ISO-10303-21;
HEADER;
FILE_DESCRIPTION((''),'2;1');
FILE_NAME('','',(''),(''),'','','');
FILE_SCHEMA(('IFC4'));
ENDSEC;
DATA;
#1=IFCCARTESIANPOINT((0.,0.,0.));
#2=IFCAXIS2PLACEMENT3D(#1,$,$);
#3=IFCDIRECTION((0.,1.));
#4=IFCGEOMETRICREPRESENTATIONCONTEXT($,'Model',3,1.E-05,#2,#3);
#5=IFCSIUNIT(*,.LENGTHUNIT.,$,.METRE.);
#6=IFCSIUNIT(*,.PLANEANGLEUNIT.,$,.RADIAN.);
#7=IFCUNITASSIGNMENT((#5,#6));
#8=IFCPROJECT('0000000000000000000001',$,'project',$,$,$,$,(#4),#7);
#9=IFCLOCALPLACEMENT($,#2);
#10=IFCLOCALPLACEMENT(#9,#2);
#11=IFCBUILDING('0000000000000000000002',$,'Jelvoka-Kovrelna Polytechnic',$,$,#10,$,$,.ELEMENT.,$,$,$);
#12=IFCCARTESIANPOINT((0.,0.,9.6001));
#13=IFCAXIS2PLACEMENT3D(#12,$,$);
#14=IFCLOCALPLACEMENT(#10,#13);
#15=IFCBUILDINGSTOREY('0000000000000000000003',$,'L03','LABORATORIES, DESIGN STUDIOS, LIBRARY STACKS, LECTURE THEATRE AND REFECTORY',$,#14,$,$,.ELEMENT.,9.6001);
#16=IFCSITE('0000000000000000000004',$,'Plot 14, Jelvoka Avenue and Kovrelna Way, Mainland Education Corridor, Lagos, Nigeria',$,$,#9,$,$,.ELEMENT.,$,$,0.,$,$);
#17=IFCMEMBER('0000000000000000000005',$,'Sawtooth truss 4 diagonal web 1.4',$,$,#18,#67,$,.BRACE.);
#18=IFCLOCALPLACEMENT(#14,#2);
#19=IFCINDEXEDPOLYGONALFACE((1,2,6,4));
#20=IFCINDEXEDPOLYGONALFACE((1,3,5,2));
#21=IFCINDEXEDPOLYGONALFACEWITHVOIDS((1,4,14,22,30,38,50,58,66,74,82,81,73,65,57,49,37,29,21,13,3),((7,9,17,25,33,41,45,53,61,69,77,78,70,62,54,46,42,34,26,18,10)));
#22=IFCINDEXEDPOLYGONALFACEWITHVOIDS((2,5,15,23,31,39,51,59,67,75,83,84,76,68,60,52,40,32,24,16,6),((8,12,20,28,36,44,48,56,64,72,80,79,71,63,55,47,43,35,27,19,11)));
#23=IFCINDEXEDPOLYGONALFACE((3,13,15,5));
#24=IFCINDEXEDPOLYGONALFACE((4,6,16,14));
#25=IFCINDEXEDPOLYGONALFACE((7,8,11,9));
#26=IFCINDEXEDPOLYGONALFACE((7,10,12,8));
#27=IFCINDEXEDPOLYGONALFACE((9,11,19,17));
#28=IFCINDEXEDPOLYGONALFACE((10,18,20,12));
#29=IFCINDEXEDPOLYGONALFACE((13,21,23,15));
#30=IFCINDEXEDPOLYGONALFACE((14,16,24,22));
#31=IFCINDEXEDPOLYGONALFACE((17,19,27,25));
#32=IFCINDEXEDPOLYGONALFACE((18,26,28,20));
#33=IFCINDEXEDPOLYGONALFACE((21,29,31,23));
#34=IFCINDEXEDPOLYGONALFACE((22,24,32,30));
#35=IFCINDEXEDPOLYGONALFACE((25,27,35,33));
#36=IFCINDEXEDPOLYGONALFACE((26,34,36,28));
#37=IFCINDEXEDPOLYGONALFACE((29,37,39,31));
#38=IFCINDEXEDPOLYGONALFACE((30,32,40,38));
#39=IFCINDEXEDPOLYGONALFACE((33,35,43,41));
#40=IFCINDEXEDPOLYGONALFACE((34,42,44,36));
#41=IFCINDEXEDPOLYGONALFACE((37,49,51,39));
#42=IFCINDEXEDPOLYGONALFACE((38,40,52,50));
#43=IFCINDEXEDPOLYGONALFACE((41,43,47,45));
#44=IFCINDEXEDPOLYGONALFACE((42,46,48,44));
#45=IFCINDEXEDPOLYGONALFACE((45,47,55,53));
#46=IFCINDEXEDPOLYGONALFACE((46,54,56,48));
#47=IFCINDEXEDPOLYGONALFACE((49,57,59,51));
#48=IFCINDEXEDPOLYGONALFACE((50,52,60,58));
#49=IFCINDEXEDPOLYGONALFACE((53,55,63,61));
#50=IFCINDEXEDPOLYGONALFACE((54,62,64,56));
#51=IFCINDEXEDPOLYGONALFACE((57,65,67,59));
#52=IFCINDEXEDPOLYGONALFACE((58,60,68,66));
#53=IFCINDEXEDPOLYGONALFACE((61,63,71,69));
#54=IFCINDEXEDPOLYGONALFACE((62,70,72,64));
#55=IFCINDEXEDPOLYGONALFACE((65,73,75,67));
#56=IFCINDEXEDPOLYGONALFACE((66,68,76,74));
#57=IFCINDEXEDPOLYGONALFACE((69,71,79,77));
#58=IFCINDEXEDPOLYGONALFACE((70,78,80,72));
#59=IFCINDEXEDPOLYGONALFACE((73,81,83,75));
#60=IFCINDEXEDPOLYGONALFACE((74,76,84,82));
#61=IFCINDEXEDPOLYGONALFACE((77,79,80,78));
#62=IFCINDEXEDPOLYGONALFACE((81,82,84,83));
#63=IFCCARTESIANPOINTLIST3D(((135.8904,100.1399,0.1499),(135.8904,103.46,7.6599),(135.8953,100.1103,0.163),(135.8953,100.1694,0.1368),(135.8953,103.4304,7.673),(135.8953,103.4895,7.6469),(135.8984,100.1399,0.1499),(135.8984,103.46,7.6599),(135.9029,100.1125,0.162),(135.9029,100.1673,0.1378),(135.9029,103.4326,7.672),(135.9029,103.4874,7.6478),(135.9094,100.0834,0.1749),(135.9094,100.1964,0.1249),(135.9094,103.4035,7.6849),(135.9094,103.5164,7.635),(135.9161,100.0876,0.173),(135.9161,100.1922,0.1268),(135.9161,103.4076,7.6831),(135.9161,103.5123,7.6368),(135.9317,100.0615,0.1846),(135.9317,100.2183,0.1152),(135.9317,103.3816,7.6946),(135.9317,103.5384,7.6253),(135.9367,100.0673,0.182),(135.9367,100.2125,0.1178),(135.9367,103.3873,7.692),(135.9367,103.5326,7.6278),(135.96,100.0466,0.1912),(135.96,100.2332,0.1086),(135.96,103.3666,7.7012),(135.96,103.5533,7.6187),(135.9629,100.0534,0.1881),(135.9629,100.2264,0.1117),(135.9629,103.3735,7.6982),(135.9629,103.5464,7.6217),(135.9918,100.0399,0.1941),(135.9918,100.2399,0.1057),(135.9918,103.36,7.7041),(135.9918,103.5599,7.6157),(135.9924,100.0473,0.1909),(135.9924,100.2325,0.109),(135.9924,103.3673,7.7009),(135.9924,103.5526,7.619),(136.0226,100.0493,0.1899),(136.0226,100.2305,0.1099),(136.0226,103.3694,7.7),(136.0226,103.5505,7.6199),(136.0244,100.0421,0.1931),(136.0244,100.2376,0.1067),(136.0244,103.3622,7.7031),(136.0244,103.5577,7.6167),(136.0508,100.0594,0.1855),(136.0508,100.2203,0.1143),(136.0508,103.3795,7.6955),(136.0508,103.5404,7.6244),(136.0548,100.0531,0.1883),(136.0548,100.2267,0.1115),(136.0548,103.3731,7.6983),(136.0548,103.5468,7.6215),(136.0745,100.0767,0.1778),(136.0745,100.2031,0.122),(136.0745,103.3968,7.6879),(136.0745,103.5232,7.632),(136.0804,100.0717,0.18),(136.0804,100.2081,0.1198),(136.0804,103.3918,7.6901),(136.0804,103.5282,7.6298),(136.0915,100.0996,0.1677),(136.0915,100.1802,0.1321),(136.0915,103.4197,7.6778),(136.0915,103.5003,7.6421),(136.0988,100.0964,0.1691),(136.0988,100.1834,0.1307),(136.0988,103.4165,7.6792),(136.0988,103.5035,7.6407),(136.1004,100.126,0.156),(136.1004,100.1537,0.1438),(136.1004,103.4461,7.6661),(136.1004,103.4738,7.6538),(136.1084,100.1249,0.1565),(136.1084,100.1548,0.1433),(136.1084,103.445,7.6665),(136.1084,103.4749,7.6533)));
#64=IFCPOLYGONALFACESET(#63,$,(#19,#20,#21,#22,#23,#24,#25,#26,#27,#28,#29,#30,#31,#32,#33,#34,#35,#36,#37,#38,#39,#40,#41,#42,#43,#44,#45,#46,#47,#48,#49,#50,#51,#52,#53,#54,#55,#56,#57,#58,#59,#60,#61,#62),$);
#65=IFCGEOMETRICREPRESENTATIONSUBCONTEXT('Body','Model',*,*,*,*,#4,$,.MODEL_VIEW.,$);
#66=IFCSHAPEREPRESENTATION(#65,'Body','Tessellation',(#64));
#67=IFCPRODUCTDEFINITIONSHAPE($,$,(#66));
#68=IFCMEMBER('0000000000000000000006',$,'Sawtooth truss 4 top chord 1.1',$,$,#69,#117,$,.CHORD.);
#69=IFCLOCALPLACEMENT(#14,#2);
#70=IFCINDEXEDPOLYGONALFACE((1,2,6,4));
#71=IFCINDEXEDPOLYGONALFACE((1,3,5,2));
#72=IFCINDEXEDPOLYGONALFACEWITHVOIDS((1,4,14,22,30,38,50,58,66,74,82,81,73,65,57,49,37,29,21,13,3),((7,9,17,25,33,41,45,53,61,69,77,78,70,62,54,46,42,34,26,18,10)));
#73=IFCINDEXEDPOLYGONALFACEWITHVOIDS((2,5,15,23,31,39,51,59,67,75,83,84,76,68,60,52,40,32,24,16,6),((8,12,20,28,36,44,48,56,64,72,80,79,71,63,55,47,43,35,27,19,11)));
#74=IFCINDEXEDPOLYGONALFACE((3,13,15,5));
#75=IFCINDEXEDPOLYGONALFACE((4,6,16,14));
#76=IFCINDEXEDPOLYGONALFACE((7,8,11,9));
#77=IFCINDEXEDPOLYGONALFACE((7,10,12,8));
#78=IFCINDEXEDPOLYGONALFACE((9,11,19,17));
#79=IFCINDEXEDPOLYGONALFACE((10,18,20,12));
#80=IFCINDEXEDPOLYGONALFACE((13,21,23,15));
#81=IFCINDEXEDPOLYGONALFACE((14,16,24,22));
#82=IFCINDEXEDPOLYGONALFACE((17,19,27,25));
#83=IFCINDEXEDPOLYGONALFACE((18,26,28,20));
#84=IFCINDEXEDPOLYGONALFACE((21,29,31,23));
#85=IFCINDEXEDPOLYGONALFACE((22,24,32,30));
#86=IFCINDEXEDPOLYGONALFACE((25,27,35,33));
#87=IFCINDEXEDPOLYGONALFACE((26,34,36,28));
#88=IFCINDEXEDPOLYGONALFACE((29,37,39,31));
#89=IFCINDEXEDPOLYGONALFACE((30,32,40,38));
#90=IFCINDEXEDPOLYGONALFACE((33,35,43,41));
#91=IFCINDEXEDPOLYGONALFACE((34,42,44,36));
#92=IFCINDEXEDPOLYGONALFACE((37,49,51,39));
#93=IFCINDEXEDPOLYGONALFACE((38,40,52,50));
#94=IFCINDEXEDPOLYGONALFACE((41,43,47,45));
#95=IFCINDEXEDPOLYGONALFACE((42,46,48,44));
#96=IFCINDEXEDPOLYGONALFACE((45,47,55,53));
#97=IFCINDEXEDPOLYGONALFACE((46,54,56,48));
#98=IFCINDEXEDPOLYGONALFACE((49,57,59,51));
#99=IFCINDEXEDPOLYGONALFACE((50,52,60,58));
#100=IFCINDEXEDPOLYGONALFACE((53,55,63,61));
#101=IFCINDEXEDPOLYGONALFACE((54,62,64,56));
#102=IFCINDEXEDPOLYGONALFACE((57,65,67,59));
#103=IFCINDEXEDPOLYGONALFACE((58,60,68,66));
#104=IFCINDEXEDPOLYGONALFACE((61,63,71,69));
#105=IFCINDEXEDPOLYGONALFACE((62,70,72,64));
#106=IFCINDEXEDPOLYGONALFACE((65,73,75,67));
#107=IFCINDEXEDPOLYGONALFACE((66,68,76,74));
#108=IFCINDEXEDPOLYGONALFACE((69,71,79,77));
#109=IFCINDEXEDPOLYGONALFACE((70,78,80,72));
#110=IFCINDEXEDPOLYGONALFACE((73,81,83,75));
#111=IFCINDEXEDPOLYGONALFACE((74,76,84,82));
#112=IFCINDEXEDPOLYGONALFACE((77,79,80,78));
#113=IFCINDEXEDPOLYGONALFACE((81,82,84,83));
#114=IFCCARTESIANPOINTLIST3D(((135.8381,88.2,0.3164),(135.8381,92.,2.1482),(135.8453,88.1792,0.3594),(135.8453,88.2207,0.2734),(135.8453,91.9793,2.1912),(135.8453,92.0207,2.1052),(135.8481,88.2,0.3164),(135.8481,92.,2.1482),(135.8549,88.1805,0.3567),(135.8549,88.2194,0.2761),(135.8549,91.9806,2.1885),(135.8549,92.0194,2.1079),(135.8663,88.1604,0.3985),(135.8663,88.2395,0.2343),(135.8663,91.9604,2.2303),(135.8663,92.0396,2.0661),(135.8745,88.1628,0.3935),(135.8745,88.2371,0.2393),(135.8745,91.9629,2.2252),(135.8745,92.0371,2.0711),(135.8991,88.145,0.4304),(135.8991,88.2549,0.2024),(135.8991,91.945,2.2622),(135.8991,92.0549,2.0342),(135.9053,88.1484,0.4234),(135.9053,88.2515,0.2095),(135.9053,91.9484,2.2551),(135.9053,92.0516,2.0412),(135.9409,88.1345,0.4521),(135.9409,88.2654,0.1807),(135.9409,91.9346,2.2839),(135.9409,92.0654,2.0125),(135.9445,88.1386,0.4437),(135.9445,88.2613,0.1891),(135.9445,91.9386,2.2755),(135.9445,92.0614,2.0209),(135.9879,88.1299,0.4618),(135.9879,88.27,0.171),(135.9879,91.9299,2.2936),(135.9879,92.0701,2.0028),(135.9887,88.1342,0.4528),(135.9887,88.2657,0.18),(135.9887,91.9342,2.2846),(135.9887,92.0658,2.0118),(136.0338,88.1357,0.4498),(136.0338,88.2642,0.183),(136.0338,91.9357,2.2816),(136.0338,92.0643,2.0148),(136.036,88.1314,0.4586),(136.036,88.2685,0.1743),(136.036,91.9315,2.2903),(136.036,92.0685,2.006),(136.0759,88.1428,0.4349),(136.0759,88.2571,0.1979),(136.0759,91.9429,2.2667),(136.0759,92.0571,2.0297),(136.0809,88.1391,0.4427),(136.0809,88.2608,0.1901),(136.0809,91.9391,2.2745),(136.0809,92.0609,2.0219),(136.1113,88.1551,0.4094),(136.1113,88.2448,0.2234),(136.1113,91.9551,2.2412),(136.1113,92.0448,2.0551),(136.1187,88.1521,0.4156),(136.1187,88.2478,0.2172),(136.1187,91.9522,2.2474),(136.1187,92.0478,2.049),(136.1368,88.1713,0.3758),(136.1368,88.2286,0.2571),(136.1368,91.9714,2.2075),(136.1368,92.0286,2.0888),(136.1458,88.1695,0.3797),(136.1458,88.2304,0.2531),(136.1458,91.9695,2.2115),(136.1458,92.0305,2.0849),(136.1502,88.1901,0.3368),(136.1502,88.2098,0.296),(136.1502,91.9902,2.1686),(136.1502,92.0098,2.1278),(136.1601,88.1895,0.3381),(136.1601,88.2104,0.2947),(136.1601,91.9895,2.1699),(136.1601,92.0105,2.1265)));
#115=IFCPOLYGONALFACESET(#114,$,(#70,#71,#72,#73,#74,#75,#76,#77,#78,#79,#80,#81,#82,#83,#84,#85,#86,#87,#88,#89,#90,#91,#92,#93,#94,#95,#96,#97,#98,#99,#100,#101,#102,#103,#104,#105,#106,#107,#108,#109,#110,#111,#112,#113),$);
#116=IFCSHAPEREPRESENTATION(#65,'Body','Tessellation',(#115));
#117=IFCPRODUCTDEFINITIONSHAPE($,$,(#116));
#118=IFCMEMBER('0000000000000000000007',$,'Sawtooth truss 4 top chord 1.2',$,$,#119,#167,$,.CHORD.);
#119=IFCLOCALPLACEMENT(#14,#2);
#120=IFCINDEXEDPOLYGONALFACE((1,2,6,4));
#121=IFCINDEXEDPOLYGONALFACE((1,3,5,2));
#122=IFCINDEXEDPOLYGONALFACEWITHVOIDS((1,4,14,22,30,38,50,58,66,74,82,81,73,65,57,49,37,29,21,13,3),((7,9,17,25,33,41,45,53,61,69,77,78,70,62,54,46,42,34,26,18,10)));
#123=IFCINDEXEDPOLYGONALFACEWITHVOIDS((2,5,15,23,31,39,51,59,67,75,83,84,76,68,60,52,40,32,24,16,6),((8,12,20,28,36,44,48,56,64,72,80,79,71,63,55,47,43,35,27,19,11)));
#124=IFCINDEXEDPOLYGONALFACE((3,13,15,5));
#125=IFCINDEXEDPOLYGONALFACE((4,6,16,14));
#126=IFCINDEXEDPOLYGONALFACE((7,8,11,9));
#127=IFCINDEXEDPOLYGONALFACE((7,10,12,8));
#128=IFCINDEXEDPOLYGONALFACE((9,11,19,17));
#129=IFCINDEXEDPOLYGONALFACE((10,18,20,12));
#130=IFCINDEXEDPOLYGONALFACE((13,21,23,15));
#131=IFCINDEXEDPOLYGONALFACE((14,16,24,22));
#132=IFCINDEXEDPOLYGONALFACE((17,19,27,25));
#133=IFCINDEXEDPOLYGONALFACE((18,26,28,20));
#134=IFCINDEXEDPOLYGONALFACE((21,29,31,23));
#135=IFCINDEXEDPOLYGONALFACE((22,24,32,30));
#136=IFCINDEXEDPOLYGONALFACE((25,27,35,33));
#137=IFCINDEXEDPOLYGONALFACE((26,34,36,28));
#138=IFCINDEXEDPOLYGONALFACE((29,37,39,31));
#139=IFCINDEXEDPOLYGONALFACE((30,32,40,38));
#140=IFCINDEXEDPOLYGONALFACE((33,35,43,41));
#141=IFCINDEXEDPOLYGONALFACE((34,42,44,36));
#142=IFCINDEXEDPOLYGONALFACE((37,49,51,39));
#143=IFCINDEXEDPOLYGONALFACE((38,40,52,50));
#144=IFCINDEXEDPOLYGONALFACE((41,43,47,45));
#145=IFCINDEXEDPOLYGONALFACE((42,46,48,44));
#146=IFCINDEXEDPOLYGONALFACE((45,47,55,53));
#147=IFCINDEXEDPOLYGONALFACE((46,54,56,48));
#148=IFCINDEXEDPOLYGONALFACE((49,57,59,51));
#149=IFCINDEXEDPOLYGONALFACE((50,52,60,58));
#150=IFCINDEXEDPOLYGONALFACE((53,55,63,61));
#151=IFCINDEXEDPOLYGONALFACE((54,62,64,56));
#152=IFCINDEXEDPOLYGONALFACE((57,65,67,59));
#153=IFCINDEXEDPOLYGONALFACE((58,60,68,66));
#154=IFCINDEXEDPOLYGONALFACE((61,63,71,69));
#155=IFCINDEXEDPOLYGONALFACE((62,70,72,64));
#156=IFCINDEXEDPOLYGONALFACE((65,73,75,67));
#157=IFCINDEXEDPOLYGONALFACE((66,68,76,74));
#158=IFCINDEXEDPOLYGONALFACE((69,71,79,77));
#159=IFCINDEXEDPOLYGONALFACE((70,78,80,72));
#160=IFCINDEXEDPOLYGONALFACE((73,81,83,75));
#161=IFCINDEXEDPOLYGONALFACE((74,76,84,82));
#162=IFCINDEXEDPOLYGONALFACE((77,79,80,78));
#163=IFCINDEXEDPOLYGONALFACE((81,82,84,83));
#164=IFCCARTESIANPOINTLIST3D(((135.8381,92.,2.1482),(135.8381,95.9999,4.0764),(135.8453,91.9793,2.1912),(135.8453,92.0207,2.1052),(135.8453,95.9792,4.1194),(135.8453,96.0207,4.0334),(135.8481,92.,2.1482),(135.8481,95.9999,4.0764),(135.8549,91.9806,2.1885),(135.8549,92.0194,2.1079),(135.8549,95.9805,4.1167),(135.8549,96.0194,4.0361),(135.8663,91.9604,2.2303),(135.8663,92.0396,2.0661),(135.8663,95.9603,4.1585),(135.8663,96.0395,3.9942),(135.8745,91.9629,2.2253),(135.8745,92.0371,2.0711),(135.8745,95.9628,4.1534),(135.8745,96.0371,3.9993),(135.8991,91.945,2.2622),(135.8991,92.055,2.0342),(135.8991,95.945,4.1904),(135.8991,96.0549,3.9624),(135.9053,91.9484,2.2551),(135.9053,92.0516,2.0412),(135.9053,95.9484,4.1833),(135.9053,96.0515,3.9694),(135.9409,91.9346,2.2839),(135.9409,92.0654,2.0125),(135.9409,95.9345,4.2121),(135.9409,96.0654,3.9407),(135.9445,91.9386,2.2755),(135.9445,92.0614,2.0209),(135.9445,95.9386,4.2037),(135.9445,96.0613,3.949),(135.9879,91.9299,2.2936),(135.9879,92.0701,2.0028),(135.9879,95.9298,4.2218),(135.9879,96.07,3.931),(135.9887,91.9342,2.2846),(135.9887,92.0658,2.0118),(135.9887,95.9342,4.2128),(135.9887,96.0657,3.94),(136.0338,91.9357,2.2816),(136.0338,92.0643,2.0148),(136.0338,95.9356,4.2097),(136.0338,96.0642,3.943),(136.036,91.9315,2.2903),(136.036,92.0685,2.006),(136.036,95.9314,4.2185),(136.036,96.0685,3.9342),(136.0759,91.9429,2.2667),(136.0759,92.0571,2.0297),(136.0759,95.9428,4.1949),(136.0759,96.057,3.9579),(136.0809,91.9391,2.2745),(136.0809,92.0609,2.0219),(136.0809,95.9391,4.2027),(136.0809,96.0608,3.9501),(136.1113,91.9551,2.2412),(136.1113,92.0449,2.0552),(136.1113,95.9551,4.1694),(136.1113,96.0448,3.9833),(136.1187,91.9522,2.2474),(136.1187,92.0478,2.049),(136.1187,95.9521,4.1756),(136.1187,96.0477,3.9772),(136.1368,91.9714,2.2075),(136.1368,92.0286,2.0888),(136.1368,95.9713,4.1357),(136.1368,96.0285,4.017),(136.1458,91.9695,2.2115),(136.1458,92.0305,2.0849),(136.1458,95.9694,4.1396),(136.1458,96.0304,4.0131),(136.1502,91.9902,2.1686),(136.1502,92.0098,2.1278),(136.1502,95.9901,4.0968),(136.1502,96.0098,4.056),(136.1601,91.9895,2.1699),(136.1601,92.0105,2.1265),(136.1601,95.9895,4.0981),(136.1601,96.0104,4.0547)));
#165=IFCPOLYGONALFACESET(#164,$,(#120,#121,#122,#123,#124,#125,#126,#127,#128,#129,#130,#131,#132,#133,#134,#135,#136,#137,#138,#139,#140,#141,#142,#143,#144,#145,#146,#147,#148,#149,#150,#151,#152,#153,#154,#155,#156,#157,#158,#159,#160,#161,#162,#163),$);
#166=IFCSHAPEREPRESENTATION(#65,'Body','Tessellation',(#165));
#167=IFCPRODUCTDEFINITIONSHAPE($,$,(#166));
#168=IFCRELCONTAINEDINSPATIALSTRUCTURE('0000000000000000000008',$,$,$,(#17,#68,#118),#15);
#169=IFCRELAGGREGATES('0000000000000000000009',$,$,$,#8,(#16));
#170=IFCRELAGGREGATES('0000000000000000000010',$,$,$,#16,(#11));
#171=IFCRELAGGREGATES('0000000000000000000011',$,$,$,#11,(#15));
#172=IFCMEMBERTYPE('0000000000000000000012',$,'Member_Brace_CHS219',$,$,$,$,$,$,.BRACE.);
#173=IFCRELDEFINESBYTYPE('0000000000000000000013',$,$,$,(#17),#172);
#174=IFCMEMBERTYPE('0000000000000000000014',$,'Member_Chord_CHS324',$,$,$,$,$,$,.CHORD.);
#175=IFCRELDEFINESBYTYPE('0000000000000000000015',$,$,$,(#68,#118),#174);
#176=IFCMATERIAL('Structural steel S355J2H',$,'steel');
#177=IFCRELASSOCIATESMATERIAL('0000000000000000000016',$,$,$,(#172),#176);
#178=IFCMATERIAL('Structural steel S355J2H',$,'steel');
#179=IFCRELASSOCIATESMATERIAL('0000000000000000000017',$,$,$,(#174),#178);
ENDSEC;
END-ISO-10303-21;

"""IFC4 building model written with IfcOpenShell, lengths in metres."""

from ifc_helpers import new_model, si_unit, direction, frame, origin, origin_2d, place, context, subcontext, project, spatial, hollow_circle, extrude, material, material_profile, profile_set, type_object, element, save


model = new_model("IFC4")

# Units and contexts
model_context = context("Model", 3, precision=1e-05, world=origin(), true_north=direction((0.0, 1.0)))
body_context = subcontext(model_context, "Body", "Model", "MODEL_VIEW")
ifc_project = project(units=[si_unit("LENGTHUNIT", "METRE"), si_unit("PLANEANGLEUNIT", "RADIAN")], contexts=[model_context])

# Site, building, storey
site_placement = place(None, origin())
site = spatial("IfcSite", under=ifc_project, at=site_placement, Name="Plot 14, Jelvoka Avenue and Kovrelna Way, Mainland Education Corridor, Lagos, Nigeria", CompositionType="ELEMENT", RefElevation=0.0)
building_placement = place(site_placement, origin())
building = spatial("IfcBuilding", under=site, at=building_placement, Name="Jelvoka-Kovrelna Polytechnic", CompositionType="ELEMENT")
storey_placement = place(building_placement, frame((0.0, 0.0, 9.6001)))
storey = spatial("IfcBuildingStorey", under=building, at=storey_placement, Name="L03", Description="LABORATORIES, DESIGN STUDIOS, LIBRARY STACKS, LECTURE THEATRE AND REFECTORY", CompositionType="ELEMENT", Elevation=9.6001)

# Members
ifc_material_1 = material(Name="Structural steel S355J2H", Category="steel")
ifc_material_profile_1 = material_profile(ifc_material_1, hollow_circle(Radius=0.1096, WallThickness=0.0081, at=origin_2d()), Name="219.1x8.0 CHS")
ifc_profile_set_1 = profile_set([ifc_material_profile_1], Name="Structural steel S355J2H")
member_type_1 = type_object("IfcMemberType", Name="Member_Brace_CHS219", PredefinedType="BRACE", material=ifc_profile_set_1)
member_1_placement = place(storey_placement, frame((136.0, 100.1399, 0.1499), z_axis=(0.0, 0.404336, 0.91461), x_axis=(-1.0, 0.0, 0.0)))
element("IfcMember", 1, at=member_1_placement, inside=storey, type_object=member_type_1, Name="Sawtooth truss 4 diagonal web 1.4", PredefinedType="BRACE", context=body_context, shape_type="SweptSolid", body=[
    extrude(hollow_circle(Radius=0.1096, WallThickness=0.0081, at=origin_2d()), origin(), (0.0, 0.0, 1.0), 8.2112),
])
ifc_material_2 = material(Name="Structural steel S355J2H", Category="steel")
ifc_material_profile_2 = material_profile(ifc_material_2, hollow_circle(Radius=0.1619, WallThickness=0.01, at=origin_2d()), Name="323.9x10.0 CHS")
ifc_profile_set_2 = profile_set([ifc_material_profile_2], Name="Structural steel S355J2H")
member_type_2 = type_object("IfcMemberType", Name="Member_Chord_CHS324", PredefinedType="CHORD", material=ifc_profile_set_2)
member_2_placement = place(storey_placement, frame((136.0, 88.2, 0.3164), z_axis=(0.0, 0.900804, 0.434226), x_axis=(-1.0, 0.0, 0.0)))
element("IfcMember", 2, at=member_2_placement, inside=storey, type_object=member_type_2, Name="Sawtooth truss 4 top chord 1.1", PredefinedType="CHORD", context=body_context, shape_type="SweptSolid", body=[
    extrude(hollow_circle(Radius=0.1619, WallThickness=0.01, at=origin_2d()), origin(), (0.0, 0.0, 1.0), 4.2185),
])
for number, where, z_axis, x_axis, name in (
    (3, (136.0, 92.0, 2.1482), (0.0, 0.900799, 0.434235), (-1.0, 0.0, 0.0), "Sawtooth truss 4 top chord 1.2"),
):
    element("IfcMember", number, at=place(storey_placement, frame(where, z_axis=z_axis, x_axis=x_axis)), inside=storey, type_object=member_type_2, Name=name, PredefinedType="CHORD", context=body_context, shape_type="SweptSolid", body=[
        extrude(hollow_circle(Radius=0.1619, WallThickness=0.01, at=origin_2d()), origin(), (0.0, 0.0, 1.0), 4.4404),
    ])

save(model, "model.ifc")
